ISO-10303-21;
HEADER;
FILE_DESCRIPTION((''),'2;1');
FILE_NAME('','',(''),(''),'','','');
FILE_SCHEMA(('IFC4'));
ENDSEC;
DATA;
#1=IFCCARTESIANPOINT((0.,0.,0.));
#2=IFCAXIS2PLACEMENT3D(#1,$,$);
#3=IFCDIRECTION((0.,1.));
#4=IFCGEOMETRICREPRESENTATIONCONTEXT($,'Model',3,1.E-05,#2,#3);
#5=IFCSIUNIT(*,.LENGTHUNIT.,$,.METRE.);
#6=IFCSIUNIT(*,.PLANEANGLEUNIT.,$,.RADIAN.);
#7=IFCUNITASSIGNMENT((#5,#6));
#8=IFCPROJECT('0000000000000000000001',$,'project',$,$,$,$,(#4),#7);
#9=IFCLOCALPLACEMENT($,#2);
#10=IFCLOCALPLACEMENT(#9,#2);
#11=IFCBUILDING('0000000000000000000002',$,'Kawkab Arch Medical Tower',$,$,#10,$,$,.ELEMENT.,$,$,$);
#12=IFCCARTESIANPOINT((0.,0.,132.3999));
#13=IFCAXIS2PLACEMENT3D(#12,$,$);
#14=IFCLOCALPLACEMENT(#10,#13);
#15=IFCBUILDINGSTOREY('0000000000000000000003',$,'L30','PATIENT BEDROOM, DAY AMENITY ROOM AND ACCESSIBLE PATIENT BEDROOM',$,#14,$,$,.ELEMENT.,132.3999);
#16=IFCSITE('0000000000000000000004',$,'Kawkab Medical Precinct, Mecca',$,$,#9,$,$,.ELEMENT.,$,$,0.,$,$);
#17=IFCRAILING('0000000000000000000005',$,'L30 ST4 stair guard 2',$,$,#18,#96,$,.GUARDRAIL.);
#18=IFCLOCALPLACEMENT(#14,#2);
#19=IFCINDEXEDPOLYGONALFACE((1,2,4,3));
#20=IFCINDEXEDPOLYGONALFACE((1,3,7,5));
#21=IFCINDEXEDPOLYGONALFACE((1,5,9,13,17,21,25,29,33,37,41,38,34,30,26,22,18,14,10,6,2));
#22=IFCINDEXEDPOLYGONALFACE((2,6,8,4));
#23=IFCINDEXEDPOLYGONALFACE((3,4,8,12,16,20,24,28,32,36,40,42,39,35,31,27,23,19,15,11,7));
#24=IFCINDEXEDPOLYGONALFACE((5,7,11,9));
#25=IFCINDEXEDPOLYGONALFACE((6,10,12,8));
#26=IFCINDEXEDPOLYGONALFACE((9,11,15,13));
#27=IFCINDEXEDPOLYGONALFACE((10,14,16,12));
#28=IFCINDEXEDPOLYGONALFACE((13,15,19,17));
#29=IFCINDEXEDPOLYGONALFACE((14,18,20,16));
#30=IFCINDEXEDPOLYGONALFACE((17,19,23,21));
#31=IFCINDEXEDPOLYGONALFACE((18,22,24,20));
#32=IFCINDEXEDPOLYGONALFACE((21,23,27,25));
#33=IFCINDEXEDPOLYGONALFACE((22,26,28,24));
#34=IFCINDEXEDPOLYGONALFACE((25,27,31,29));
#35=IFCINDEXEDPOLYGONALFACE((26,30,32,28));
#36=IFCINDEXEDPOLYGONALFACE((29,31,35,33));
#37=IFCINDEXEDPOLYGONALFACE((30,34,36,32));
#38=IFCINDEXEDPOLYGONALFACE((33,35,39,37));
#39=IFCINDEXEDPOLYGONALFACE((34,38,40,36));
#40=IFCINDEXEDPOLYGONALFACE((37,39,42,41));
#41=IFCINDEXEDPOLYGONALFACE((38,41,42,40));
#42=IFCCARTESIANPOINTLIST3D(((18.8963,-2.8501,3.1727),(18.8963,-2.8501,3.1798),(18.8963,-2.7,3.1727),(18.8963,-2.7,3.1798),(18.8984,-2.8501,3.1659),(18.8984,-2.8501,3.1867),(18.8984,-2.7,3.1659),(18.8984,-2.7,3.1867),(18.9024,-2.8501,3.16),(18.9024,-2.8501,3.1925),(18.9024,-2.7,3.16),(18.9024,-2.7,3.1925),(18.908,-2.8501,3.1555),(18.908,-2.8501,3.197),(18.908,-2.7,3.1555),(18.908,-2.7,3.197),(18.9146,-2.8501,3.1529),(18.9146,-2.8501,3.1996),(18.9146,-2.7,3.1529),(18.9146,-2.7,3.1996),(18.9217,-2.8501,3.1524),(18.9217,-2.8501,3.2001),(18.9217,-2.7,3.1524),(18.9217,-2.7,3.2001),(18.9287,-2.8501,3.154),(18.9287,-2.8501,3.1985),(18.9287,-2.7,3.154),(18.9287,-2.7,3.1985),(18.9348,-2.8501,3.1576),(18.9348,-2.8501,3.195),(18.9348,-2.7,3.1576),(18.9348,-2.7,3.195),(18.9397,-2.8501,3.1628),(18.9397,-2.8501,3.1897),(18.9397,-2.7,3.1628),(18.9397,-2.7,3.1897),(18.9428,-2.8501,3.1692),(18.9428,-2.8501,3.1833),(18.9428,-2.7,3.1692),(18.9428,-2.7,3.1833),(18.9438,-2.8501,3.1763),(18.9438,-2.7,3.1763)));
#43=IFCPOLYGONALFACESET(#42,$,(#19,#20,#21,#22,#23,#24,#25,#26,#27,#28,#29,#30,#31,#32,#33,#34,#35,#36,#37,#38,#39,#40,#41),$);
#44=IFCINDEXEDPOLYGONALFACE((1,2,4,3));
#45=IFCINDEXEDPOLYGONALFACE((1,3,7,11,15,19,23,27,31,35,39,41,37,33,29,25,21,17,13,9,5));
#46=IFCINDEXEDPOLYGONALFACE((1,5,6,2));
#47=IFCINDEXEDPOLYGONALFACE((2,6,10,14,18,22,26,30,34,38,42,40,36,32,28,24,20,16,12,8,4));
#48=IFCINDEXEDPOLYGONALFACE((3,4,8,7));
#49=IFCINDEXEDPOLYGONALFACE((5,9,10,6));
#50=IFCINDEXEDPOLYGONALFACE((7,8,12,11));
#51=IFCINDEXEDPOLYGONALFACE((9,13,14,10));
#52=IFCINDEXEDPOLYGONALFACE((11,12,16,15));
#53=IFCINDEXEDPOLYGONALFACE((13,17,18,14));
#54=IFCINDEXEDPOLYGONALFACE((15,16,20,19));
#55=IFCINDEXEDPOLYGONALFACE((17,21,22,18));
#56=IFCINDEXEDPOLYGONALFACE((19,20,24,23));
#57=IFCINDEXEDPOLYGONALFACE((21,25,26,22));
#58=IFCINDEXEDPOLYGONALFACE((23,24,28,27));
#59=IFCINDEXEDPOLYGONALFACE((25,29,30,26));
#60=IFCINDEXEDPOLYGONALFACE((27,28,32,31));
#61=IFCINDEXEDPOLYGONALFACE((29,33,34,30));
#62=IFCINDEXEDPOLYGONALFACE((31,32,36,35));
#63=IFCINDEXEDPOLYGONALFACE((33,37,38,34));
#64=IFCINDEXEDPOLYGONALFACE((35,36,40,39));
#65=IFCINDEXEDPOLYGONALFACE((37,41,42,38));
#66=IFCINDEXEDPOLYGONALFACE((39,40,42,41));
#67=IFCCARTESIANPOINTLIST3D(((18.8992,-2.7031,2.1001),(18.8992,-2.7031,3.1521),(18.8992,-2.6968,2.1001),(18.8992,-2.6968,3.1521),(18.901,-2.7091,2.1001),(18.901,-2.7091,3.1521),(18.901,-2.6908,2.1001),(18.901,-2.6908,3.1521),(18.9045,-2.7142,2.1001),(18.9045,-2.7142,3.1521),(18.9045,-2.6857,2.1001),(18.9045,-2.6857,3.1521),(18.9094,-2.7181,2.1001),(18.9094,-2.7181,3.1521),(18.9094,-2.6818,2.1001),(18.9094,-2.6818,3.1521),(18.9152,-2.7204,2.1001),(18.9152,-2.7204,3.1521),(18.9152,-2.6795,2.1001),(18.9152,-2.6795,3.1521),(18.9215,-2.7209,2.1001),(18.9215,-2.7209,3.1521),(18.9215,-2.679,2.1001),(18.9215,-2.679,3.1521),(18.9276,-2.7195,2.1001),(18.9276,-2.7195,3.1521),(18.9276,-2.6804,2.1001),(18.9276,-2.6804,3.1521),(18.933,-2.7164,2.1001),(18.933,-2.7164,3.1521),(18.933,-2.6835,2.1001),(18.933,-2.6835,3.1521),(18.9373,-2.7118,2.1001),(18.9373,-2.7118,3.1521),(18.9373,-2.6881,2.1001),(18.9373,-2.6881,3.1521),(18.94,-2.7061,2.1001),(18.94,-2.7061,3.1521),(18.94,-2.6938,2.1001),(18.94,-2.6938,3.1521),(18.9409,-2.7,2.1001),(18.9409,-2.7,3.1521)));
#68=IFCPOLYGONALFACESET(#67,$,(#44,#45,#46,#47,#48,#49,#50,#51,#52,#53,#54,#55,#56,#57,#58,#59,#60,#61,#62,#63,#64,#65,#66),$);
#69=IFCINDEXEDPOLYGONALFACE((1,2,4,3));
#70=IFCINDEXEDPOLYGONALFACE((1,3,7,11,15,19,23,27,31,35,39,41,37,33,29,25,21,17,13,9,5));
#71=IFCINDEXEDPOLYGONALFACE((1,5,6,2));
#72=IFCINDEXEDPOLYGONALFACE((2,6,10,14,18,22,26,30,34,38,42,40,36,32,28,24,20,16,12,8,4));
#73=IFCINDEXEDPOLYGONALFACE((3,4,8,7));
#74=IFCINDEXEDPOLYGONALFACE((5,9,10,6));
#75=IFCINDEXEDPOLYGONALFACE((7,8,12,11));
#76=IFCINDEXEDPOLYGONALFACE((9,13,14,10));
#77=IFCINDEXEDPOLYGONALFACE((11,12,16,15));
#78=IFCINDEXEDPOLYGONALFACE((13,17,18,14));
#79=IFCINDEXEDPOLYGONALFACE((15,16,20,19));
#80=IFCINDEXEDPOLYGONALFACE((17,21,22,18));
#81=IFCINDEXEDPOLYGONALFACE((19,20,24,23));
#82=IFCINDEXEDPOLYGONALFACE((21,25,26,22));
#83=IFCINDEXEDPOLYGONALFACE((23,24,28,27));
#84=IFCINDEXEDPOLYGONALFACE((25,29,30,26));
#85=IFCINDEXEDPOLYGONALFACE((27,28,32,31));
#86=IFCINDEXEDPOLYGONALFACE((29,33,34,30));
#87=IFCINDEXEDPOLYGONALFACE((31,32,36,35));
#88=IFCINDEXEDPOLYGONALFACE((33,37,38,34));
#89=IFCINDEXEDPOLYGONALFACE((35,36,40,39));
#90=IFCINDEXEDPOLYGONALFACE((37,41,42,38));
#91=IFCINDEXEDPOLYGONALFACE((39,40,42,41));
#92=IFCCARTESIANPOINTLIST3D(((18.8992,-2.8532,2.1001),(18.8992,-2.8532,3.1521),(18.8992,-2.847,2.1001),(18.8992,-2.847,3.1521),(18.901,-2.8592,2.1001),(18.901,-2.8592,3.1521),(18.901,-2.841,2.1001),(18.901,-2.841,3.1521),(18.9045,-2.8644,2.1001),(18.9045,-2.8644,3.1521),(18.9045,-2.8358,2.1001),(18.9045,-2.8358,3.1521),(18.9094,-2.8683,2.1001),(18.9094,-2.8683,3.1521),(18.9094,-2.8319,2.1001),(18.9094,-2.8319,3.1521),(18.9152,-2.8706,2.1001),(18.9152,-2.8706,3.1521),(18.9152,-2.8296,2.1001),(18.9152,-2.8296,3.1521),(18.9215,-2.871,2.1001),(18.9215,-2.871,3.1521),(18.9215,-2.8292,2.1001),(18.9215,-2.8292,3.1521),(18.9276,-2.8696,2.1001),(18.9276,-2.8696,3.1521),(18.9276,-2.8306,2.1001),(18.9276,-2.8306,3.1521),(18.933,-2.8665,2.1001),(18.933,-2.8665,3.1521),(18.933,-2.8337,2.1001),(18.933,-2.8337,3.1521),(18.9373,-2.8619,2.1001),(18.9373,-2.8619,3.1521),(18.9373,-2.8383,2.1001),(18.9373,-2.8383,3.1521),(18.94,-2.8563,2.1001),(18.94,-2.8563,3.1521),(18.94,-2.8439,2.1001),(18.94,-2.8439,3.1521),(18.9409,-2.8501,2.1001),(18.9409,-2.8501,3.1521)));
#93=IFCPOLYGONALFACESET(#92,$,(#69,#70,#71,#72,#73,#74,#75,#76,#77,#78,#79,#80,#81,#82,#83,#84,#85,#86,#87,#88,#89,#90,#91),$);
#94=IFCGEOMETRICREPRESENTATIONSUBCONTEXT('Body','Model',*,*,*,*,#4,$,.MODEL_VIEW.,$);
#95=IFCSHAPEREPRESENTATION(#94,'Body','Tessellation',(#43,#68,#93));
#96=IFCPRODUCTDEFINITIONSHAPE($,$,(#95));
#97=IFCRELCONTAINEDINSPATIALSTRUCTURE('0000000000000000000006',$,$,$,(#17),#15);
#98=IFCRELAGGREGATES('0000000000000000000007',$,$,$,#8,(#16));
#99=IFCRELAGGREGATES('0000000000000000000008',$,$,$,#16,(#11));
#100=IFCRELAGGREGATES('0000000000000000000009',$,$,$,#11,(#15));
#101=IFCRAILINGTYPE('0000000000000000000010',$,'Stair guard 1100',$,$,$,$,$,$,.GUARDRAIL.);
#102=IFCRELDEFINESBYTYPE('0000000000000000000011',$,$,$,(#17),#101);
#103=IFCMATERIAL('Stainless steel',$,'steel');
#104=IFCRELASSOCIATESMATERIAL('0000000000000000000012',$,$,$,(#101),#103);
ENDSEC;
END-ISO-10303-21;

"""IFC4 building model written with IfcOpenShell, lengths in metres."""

from ifc_helpers import new_model, si_unit, direction, frame, origin, origin_2d, place, context, subcontext, project, spatial, circle, extrude, material, type_object, element, save


model = new_model("IFC4")

# Units and contexts
model_context = context("Model", 3, precision=1e-05, world=origin(), true_north=direction((0.0, 1.0)))
body_context = subcontext(model_context, "Body", "Model", "MODEL_VIEW")
ifc_project = project(units=[si_unit("LENGTHUNIT", "METRE"), si_unit("PLANEANGLEUNIT", "RADIAN")], contexts=[model_context])

# Site, building, storey
site_placement = place(None, origin())
site = spatial("IfcSite", under=ifc_project, at=site_placement, Name="Kawkab Medical Precinct, Mecca", CompositionType="ELEMENT", RefElevation=0.0)
building_placement = place(site_placement, origin())
building = spatial("IfcBuilding", under=site, at=building_placement, Name="Kawkab Arch Medical Tower", CompositionType="ELEMENT")
storey_placement = place(building_placement, frame((0.0, 0.0, 132.3999)))
storey = spatial("IfcBuildingStorey", under=building, at=storey_placement, Name="L30", Description="PATIENT BEDROOM, DAY AMENITY ROOM AND ACCESSIBLE PATIENT BEDROOM", CompositionType="ELEMENT", Elevation=132.3999)

# Railing
ifc_material_1 = material(Name="Stainless steel", Category="steel")
railing_type_1 = type_object("IfcRailingType", Name="Stair guard 1100", PredefinedType="GUARDRAIL", material=ifc_material_1)
railing_1_placement = place(storey_placement, frame((18.9199, -2.7, 2.1001)))
element("IfcRailing", 1, at=railing_1_placement, inside=storey, type_object=railing_type_1, Name="L30 ST4 stair guard 2", PredefinedType="GUARDRAIL", context=body_context, shape_type="SweptSolid", body=[
    extrude(circle(Radius=0.0239, at=origin_2d()), frame((0.0, 0.0, 1.0762), z_axis=(0.0, -1.0, 0.0), x_axis=(1.0, 0.0, 0.0)), (0.0, 0.0, 1.0), 0.1501),
    extrude(circle(Radius=0.021, at=origin_2d()), origin(), (0.0, 0.0, 1.0), 1.052),
    extrude(circle(Radius=0.021, at=origin_2d()), frame((0.0, -0.1501, 0.0)), (0.0, 0.0, 1.0), 1.052),
])

save(model, "model.ifc")
